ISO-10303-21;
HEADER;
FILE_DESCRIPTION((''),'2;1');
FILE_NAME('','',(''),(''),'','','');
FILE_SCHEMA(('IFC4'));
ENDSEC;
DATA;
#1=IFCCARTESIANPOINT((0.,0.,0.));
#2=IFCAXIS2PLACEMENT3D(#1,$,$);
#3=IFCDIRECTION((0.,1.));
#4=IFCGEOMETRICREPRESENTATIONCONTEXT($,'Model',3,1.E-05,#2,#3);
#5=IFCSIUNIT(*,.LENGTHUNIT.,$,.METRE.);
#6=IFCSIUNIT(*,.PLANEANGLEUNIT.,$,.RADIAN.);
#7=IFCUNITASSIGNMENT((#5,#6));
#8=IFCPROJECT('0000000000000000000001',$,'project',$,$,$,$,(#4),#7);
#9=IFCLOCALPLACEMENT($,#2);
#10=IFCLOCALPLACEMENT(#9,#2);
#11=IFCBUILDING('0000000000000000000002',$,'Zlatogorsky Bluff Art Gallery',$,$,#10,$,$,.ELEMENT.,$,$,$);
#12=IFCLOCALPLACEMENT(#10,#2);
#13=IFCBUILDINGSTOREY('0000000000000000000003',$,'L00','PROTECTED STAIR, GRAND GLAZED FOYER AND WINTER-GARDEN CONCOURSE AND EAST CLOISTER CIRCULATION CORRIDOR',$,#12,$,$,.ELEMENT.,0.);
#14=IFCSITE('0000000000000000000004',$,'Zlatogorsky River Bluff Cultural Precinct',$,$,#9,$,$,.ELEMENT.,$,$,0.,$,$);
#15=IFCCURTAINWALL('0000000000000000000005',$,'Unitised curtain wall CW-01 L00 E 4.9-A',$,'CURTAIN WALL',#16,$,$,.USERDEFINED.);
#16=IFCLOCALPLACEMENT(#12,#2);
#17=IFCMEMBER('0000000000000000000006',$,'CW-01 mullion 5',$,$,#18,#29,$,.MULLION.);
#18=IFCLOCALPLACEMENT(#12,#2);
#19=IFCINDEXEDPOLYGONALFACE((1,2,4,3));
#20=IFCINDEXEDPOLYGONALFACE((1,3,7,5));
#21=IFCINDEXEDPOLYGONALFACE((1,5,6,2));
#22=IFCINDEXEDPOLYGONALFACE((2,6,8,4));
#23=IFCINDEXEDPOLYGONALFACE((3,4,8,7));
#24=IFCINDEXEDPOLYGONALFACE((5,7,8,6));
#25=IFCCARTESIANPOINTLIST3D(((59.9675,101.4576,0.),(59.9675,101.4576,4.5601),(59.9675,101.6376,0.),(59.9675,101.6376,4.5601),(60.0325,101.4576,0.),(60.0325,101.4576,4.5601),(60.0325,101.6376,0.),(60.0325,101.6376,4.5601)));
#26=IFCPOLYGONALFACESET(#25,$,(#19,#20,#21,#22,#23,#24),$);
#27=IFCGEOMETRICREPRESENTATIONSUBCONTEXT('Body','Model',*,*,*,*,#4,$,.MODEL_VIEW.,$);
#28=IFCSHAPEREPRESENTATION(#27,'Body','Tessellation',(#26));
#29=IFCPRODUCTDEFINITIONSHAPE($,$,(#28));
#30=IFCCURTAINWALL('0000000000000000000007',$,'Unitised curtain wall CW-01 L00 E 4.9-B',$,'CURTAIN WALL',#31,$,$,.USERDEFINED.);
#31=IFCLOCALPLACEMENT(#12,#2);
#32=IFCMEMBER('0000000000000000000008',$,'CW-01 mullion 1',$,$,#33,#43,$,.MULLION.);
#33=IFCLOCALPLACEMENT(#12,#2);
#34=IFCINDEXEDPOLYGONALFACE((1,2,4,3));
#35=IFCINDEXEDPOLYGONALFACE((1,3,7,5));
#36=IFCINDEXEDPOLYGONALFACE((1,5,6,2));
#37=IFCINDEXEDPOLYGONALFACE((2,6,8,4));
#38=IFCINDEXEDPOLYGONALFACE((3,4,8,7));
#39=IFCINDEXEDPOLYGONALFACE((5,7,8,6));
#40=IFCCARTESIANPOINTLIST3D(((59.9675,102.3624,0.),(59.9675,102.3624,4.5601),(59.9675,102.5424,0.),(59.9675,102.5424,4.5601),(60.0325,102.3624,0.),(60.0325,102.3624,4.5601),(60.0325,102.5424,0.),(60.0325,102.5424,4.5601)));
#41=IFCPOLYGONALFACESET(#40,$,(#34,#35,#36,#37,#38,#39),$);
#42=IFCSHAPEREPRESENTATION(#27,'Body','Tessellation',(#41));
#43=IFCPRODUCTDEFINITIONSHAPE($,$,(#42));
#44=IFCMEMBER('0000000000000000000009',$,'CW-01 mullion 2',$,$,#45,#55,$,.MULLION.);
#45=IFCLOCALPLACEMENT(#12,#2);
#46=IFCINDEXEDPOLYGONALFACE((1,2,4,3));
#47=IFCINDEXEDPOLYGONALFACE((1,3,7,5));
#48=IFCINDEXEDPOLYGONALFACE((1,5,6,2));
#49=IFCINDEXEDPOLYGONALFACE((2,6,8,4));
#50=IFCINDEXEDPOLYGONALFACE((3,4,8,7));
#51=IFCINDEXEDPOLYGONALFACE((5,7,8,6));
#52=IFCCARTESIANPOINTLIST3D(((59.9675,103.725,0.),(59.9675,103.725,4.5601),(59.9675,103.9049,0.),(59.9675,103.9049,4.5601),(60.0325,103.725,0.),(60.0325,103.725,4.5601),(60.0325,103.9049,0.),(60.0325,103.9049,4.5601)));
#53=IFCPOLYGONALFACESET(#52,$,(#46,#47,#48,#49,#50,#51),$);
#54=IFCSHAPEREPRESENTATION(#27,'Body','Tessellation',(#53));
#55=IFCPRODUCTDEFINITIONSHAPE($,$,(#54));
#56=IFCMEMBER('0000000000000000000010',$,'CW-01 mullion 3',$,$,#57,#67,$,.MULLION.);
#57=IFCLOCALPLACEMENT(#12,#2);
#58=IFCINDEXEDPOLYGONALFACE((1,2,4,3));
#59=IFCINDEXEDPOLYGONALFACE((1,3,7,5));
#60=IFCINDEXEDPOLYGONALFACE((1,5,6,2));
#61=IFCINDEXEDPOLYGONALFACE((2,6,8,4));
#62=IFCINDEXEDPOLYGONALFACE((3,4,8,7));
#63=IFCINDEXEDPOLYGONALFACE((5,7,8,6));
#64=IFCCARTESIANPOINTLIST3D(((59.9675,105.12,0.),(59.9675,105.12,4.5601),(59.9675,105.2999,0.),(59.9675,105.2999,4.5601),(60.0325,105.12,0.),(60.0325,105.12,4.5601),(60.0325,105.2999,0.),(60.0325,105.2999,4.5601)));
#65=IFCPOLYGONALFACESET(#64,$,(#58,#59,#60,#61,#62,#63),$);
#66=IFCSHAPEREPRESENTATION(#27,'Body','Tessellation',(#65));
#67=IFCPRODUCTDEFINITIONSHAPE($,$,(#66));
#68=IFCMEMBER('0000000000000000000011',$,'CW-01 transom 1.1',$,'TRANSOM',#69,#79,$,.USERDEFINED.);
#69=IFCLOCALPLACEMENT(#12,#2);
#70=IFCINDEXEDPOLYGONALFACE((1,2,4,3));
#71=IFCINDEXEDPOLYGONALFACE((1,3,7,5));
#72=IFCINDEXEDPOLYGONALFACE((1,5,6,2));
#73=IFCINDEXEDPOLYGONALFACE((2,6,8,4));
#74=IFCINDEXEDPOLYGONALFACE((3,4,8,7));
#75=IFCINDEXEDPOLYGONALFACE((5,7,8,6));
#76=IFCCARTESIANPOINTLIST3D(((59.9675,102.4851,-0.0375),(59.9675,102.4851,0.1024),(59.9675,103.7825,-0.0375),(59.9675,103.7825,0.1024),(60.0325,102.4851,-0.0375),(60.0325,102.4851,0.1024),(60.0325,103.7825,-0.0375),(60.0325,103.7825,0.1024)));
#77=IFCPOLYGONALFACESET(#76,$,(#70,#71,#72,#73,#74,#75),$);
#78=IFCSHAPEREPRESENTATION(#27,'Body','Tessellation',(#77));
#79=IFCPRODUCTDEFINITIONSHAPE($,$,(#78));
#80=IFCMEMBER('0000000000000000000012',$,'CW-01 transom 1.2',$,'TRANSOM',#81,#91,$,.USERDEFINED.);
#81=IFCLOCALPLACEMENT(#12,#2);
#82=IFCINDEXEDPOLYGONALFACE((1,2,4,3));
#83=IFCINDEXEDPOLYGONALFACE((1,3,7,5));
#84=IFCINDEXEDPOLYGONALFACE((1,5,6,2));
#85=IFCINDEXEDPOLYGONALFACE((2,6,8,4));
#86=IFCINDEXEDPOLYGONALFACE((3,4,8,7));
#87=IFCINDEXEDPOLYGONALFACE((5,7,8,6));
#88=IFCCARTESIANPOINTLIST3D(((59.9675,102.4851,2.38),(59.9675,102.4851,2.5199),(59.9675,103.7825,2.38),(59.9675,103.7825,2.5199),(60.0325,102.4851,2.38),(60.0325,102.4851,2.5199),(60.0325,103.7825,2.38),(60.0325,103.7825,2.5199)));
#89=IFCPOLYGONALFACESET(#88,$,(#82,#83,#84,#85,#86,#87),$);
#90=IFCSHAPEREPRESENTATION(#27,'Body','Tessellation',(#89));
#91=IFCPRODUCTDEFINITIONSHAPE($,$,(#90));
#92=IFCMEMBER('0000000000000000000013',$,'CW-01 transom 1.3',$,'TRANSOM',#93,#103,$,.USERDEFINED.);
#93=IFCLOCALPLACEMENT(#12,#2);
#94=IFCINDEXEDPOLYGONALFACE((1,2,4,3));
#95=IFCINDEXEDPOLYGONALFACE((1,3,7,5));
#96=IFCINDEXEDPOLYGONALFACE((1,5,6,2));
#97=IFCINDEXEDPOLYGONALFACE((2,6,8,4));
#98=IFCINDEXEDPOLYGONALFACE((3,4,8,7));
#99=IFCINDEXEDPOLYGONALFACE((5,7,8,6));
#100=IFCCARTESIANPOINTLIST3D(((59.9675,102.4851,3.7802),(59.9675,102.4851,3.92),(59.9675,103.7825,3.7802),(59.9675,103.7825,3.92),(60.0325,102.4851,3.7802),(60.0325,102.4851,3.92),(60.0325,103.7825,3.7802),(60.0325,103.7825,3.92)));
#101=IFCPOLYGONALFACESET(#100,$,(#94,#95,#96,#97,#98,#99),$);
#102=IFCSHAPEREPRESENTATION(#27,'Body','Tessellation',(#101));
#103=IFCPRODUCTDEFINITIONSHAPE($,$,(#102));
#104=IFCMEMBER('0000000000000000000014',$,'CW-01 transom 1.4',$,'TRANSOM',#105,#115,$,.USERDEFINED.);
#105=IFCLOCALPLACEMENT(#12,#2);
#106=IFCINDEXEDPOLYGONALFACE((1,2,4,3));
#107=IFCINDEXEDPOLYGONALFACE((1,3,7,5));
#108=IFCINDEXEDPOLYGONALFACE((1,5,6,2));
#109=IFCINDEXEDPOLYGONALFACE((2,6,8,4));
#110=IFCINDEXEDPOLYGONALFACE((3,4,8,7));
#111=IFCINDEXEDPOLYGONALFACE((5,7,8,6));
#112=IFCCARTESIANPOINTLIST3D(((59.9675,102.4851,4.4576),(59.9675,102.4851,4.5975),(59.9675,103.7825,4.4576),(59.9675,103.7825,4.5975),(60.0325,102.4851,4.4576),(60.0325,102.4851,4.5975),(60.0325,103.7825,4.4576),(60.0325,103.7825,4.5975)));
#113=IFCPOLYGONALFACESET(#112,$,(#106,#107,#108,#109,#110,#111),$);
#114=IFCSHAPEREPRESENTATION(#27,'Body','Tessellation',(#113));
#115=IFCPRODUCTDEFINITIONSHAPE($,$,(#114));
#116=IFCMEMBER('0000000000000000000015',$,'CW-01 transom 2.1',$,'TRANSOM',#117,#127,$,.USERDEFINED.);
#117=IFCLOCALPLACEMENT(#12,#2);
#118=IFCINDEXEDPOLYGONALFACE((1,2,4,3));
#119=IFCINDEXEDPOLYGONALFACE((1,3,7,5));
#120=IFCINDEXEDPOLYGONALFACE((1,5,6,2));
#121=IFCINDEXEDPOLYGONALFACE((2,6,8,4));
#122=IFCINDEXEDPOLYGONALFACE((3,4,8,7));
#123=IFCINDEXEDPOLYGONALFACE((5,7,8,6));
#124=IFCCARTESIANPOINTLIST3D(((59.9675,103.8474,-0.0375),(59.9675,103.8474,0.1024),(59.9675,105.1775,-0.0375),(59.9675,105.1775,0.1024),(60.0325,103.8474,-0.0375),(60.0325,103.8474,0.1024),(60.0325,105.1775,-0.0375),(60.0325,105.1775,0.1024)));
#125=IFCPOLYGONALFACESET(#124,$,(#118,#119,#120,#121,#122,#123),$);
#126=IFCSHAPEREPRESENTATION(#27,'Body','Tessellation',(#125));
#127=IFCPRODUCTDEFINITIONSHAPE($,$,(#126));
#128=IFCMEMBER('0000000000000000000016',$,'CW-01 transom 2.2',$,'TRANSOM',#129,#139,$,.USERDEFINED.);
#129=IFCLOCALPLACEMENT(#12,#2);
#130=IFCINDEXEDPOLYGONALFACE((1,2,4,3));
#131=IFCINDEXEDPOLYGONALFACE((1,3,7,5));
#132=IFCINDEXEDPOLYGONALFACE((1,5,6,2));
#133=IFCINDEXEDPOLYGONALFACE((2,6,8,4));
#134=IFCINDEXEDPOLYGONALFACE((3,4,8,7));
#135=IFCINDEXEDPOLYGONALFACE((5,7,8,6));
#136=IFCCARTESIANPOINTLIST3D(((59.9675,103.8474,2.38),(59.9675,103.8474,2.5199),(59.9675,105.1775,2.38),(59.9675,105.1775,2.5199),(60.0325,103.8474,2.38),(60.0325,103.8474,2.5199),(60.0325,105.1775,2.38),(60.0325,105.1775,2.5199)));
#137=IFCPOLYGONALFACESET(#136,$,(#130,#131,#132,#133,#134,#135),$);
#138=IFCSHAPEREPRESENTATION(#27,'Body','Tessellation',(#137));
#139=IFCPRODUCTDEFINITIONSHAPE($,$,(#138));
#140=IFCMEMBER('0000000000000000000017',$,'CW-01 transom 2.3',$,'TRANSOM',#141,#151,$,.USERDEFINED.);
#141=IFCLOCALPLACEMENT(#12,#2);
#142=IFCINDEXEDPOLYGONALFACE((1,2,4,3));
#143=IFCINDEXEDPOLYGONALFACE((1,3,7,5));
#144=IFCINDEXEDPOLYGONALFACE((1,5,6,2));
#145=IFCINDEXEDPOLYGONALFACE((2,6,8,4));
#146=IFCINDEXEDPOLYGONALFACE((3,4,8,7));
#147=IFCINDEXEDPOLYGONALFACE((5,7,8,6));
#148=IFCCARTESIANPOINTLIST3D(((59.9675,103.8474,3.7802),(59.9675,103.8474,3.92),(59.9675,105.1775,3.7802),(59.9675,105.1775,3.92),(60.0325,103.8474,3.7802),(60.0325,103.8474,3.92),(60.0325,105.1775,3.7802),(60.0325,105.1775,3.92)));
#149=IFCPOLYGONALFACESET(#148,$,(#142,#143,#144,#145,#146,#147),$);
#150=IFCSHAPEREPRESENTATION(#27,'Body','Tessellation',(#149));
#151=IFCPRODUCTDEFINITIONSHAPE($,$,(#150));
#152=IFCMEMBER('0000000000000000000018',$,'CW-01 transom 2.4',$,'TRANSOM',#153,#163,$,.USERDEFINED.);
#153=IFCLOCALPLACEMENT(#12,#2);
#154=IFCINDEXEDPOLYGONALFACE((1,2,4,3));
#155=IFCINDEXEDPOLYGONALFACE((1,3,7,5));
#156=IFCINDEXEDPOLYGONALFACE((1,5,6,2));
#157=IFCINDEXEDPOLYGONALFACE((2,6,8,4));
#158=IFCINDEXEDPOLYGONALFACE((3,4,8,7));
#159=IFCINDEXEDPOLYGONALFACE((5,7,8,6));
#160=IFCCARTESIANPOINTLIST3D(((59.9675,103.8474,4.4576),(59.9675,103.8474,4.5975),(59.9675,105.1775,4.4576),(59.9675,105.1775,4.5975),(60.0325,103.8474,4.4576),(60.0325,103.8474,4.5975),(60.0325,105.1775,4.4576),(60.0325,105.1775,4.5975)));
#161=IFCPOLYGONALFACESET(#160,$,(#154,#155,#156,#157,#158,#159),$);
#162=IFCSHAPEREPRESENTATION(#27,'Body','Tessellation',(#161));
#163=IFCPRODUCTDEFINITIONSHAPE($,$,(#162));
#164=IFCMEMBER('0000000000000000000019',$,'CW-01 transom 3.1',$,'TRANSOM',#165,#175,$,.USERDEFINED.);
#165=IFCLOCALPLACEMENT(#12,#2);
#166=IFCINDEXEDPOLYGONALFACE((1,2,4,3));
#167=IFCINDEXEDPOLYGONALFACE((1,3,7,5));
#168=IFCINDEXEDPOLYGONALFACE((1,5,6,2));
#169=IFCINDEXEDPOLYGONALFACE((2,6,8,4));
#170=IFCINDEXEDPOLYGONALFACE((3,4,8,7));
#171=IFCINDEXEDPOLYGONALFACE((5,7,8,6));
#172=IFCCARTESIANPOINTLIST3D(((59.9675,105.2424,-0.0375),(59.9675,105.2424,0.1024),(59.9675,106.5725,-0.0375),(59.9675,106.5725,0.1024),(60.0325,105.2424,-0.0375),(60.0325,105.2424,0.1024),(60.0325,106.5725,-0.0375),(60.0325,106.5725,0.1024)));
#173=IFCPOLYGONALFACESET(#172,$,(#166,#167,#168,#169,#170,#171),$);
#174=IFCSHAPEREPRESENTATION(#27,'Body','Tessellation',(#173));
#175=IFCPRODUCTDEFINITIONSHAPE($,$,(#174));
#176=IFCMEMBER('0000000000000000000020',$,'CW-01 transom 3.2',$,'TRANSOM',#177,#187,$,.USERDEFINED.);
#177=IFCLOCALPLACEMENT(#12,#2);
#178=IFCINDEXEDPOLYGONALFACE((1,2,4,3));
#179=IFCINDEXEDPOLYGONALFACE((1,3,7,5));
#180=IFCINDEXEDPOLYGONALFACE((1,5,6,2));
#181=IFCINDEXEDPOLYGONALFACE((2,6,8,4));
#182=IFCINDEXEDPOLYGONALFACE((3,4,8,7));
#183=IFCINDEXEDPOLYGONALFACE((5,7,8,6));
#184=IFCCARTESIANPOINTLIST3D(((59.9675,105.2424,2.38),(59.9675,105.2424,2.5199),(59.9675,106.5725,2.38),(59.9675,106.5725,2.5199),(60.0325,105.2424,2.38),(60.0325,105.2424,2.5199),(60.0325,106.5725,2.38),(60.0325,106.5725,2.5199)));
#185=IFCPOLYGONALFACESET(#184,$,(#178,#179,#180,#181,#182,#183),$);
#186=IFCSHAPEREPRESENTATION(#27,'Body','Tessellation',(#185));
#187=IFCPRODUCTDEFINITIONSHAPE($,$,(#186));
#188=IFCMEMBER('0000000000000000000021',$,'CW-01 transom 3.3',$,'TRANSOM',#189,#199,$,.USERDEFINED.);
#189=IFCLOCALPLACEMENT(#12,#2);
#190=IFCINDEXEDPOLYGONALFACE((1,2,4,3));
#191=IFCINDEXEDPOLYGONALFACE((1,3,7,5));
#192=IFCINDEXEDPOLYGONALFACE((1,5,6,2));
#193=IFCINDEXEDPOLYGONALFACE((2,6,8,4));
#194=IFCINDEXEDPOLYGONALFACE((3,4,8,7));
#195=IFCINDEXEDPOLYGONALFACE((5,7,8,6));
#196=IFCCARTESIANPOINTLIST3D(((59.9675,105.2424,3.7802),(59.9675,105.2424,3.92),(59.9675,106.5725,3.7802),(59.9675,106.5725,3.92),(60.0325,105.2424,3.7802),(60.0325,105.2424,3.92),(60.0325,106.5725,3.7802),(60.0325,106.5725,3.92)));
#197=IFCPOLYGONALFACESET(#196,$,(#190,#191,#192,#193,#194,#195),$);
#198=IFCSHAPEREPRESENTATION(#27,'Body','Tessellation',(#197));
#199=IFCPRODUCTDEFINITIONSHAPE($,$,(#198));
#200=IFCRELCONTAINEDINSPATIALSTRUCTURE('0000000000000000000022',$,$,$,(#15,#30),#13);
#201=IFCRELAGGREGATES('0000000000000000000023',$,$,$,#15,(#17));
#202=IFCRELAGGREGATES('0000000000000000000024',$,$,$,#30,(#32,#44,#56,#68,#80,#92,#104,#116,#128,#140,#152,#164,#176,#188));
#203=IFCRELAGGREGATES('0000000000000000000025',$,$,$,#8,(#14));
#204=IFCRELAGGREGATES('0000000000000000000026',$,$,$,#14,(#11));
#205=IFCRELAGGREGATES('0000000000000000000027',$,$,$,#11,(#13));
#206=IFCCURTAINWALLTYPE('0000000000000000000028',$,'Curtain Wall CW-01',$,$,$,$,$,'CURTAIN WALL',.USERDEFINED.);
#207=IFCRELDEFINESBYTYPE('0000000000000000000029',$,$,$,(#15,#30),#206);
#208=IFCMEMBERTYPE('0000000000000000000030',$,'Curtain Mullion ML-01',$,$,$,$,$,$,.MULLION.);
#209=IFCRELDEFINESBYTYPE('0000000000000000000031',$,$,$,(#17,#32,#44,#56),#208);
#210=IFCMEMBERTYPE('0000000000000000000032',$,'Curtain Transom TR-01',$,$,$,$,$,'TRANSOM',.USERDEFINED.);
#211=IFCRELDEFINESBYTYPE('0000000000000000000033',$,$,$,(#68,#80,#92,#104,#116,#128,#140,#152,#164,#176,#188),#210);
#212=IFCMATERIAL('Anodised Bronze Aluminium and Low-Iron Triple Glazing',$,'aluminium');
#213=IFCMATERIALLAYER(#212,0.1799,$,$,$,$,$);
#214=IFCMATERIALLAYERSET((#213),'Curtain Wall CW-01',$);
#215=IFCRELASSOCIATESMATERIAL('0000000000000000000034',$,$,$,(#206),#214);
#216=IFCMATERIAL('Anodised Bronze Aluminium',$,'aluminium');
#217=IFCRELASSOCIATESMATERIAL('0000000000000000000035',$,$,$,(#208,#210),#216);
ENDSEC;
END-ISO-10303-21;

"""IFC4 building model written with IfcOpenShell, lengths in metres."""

from ifc_helpers import new_model, si_unit, direction, frame, origin, origin_2d, place, context, subcontext, project, spatial, rectangle, extrude, material, layer, layer_set, material_profile, profile_set, type_object, element, aggregate, save


model = new_model("IFC4")

# Units and contexts
model_context = context("Model", 3, precision=1e-05, world=origin(), true_north=direction((0.0, 1.0)))
body_context = subcontext(model_context, "Body", "Model", "MODEL_VIEW")
ifc_project = project(units=[si_unit("LENGTHUNIT", "METRE"), si_unit("PLANEANGLEUNIT", "RADIAN")], contexts=[model_context])

# Site, building, storey
site_placement = place(None, origin())
site = spatial("IfcSite", under=ifc_project, at=site_placement, Name="Zlatogorsky River Bluff Cultural Precinct", CompositionType="ELEMENT", RefElevation=0.0)
building_placement = place(site_placement, origin())
building = spatial("IfcBuilding", under=site, at=building_placement, Name="Zlatogorsky Bluff Art Gallery", CompositionType="ELEMENT")
storey_placement = place(building_placement, origin())
storey = spatial("IfcBuildingStorey", under=building, at=storey_placement, Name="L00", Description="PROTECTED STAIR, GRAND GLAZED FOYER AND WINTER-GARDEN CONCOURSE AND EAST CLOISTER CIRCULATION CORRIDOR", CompositionType="ELEMENT", Elevation=0.0)

# Curtain wall, member
ifc_material_1 = material(Name="Anodised Bronze Aluminium and Low-Iron Triple Glazing", Category="aluminium")
ifc_layer_1 = layer(ifc_material_1, 0.1799)
ifc_layer_set_1 = layer_set([ifc_layer_1], Name="Curtain Wall CW-01")
curtain_wall_type = type_object("IfcCurtainWallType", Name="Curtain Wall CW-01", ElementType="CURTAIN WALL", PredefinedType="USERDEFINED", material=ifc_layer_set_1)
curtain_wall_1_placement = place(storey_placement, origin())
curtain_wall_1 = element("IfcCurtainWall", 1, at=curtain_wall_1_placement, inside=storey, type_object=curtain_wall_type, Name="Unitised curtain wall CW-01 L00 E 4.9-A", ObjectType="CURTAIN WALL", PredefinedType="USERDEFINED")
ifc_material_2 = material(Name="Anodised Bronze Aluminium", Category="aluminium")
ifc_material_profile_1 = material_profile(ifc_material_2, rectangle(XDim=0.0649, YDim=0.1799, at=origin_2d()), Name="ALU MULLION 65x180")
ifc_profile_set_1 = profile_set([ifc_material_profile_1], Name="Anodised Bronze Aluminium")
member_type_1 = type_object("IfcMemberType", Name="Curtain Mullion ML-01", PredefinedType="MULLION", material=ifc_profile_set_1)
member_1_placement = place(storey_placement, frame((60.0, 101.5476, 0.0), z_axis=(0.0, 0.0, 1.0), x_axis=(-1.0, 0.0, 0.0)))
member_1 = element("IfcMember", 2, at=member_1_placement, type_object=member_type_1, Name="CW-01 mullion 5", PredefinedType="MULLION", context=body_context, shape_type="SweptSolid", body=[
    extrude(rectangle(XDim=0.0649, YDim=0.1799, at=origin_2d()), origin(), (0.0, 0.0, 1.0), 4.5601),
])

# Curtain wall, members
curtain_wall_2_placement = place(storey_placement, origin())
curtain_wall_2 = element("IfcCurtainWall", 3, at=curtain_wall_2_placement, inside=storey, type_object=curtain_wall_type, Name="Unitised curtain wall CW-01 L00 E 4.9-B", ObjectType="CURTAIN WALL", PredefinedType="USERDEFINED")
member_2_placement = place(storey_placement, frame((60.0, 102.4524, 0.0), z_axis=(0.0, 0.0, 1.0), x_axis=(-1.0, 0.0, 0.0)))
member_2 = element("IfcMember", 4, at=member_2_placement, type_object=member_type_1, Name="CW-01 mullion 1", PredefinedType="MULLION", context=body_context, shape_type="SweptSolid", body=[
    extrude(rectangle(XDim=0.0649, YDim=0.1799, at=origin_2d()), origin(), (0.0, 0.0, 1.0), 4.5601),
])
member_3_placement = place(storey_placement, frame((60.0, 103.8149, 0.0), z_axis=(0.0, 0.0, 1.0), x_axis=(-1.0, 0.0, 0.0)))
member_3 = element("IfcMember", 5, at=member_3_placement, type_object=member_type_1, Name="CW-01 mullion 2", PredefinedType="MULLION", context=body_context, shape_type="SweptSolid", body=[
    extrude(rectangle(XDim=0.0649, YDim=0.1799, at=origin_2d()), origin(), (0.0, 0.0, 1.0), 4.5601),
])
member_4_placement = place(storey_placement, frame((60.0, 105.21, 0.0), z_axis=(0.0, 0.0, 1.0), x_axis=(-1.0, 0.0, 0.0)))
member_4 = element("IfcMember", 6, at=member_4_placement, type_object=member_type_1, Name="CW-01 mullion 3", PredefinedType="MULLION", context=body_context, shape_type="SweptSolid", body=[
    extrude(rectangle(XDim=0.0649, YDim=0.1799, at=origin_2d()), origin(), (0.0, 0.0, 1.0), 4.5601),
])
ifc_material_profile_2 = material_profile(ifc_material_2, rectangle(XDim=0.0649, YDim=0.1399, at=origin_2d()), Name="ALU TRANSOM 65x140")
ifc_profile_set_2 = profile_set([ifc_material_profile_2], Name="Anodised Bronze Aluminium")
member_type_2 = type_object("IfcMemberType", Name="Curtain Transom TR-01", ElementType="TRANSOM", PredefinedType="USERDEFINED", material=ifc_profile_set_2)
member_5_placement = place(storey_placement, frame((60.0, 102.4851, 0.0325), z_axis=(0.0, 1.0, 0.0), x_axis=(-1.0, 0.0, 0.0)))
member_5 = element("IfcMember", 7, at=member_5_placement, type_object=member_type_2, Name="CW-01 transom 1.1", ObjectType="TRANSOM", PredefinedType="USERDEFINED", context=body_context, shape_type="SweptSolid", body=[
    extrude(rectangle(XDim=0.0649, YDim=0.1399, at=origin_2d()), origin(), (0.0, 0.0, 1.0), 1.2974),
])
member_6_placement = place(storey_placement, frame((60.0, 102.4851, 2.45), z_axis=(0.0, 1.0, 0.0), x_axis=(-1.0, 0.0, 0.0)))
member_6 = element("IfcMember", 8, at=member_6_placement, type_object=member_type_2, Name="CW-01 transom 1.2", ObjectType="TRANSOM", PredefinedType="USERDEFINED", context=body_context, shape_type="SweptSolid", body=[
    extrude(rectangle(XDim=0.0649, YDim=0.1399, at=origin_2d()), origin(), (0.0, 0.0, 1.0), 1.2974),
])
member_7_placement = place(storey_placement, frame((60.0, 102.4851, 3.8501), z_axis=(0.0, 1.0, 0.0), x_axis=(-1.0, 0.0, 0.0)))
member_7 = element("IfcMember", 9, at=member_7_placement, type_object=member_type_2, Name="CW-01 transom 1.3", ObjectType="TRANSOM", PredefinedType="USERDEFINED", context=body_context, shape_type="SweptSolid", body=[
    extrude(rectangle(XDim=0.0649, YDim=0.1399, at=origin_2d()), origin(), (0.0, 0.0, 1.0), 1.2974),
])
member_8_placement = place(storey_placement, frame((60.0, 102.4851, 4.5276), z_axis=(0.0, 1.0, 0.0), x_axis=(-1.0, 0.0, 0.0)))
member_8 = element("IfcMember", 10, at=member_8_placement, type_object=member_type_2, Name="CW-01 transom 1.4", ObjectType="TRANSOM", PredefinedType="USERDEFINED", context=body_context, shape_type="SweptSolid", body=[
    extrude(rectangle(XDim=0.0649, YDim=0.1399, at=origin_2d()), origin(), (0.0, 0.0, 1.0), 1.2974),
])
member_9_placement = place(storey_placement, frame((60.0, 103.8474, 0.0325), z_axis=(0.0, 1.0, 0.0), x_axis=(-1.0, 0.0, 0.0)))
member_9 = element("IfcMember", 11, at=member_9_placement, type_object=member_type_2, Name="CW-01 transom 2.1", ObjectType="TRANSOM", PredefinedType="USERDEFINED", context=body_context, shape_type="SweptSolid", body=[
    extrude(rectangle(XDim=0.0649, YDim=0.1399, at=origin_2d()), origin(), (0.0, 0.0, 1.0), 1.3301),
])
member_10_placement = place(storey_placement, frame((60.0, 103.8474, 2.45), z_axis=(0.0, 1.0, 0.0), x_axis=(-1.0, 0.0, 0.0)))
member_10 = element("IfcMember", 12, at=member_10_placement, type_object=member_type_2, Name="CW-01 transom 2.2", ObjectType="TRANSOM", PredefinedType="USERDEFINED", context=body_context, shape_type="SweptSolid", body=[
    extrude(rectangle(XDim=0.0649, YDim=0.1399, at=origin_2d()), origin(), (0.0, 0.0, 1.0), 1.3301),
])
member_11_placement = place(storey_placement, frame((60.0, 103.8474, 3.8501), z_axis=(0.0, 1.0, 0.0), x_axis=(-1.0, 0.0, 0.0)))
member_11 = element("IfcMember", 13, at=member_11_placement, type_object=member_type_2, Name="CW-01 transom 2.3", ObjectType="TRANSOM", PredefinedType="USERDEFINED", context=body_context, shape_type="SweptSolid", body=[
    extrude(rectangle(XDim=0.0649, YDim=0.1399, at=origin_2d()), origin(), (0.0, 0.0, 1.0), 1.3301),
])
member_12_placement = place(storey_placement, frame((60.0, 103.8474, 4.5276), z_axis=(0.0, 1.0, 0.0), x_axis=(-1.0, 0.0, 0.0)))
member_12 = element("IfcMember", 14, at=member_12_placement, type_object=member_type_2, Name="CW-01 transom 2.4", ObjectType="TRANSOM", PredefinedType="USERDEFINED", context=body_context, shape_type="SweptSolid", body=[
    extrude(rectangle(XDim=0.0649, YDim=0.1399, at=origin_2d()), origin(), (0.0, 0.0, 1.0), 1.3301),
])
member_13_placement = place(storey_placement, frame((60.0, 105.2424, 0.0325), z_axis=(0.0, 1.0, 0.0), x_axis=(-1.0, 0.0, 0.0)))
member_13 = element("IfcMember", 15, at=member_13_placement, type_object=member_type_2, Name="CW-01 transom 3.1", ObjectType="TRANSOM", PredefinedType="USERDEFINED", context=body_context, shape_type="SweptSolid", body=[
    extrude(rectangle(XDim=0.0649, YDim=0.1399, at=origin_2d()), origin(), (0.0, 0.0, 1.0), 1.3301),
])
member_14_placement = place(storey_placement, frame((60.0, 105.2424, 2.45), z_axis=(0.0, 1.0, 0.0), x_axis=(-1.0, 0.0, 0.0)))
member_14 = element("IfcMember", 16, at=member_14_placement, type_object=member_type_2, Name="CW-01 transom 3.2", ObjectType="TRANSOM", PredefinedType="USERDEFINED", context=body_context, shape_type="SweptSolid", body=[
    extrude(rectangle(XDim=0.0649, YDim=0.1399, at=origin_2d()), origin(), (0.0, 0.0, 1.0), 1.3301),
])
member_15_placement = place(storey_placement, frame((60.0, 105.2424, 3.8501), z_axis=(0.0, 1.0, 0.0), x_axis=(-1.0, 0.0, 0.0)))
member_15 = element("IfcMember", 17, at=member_15_placement, type_object=member_type_2, Name="CW-01 transom 3.3", ObjectType="TRANSOM", PredefinedType="USERDEFINED", context=body_context, shape_type="SweptSolid", body=[
    extrude(rectangle(XDim=0.0649, YDim=0.1399, at=origin_2d()), origin(), (0.0, 0.0, 1.0), 1.3301),
])

aggregate(curtain_wall_1, [member_1])
aggregate(curtain_wall_2, [member_2, member_3, member_4, member_5, member_6, member_7, member_8, member_9, member_10, member_11, member_12, member_13, member_14, member_15])

save(model, "model.ifc")
